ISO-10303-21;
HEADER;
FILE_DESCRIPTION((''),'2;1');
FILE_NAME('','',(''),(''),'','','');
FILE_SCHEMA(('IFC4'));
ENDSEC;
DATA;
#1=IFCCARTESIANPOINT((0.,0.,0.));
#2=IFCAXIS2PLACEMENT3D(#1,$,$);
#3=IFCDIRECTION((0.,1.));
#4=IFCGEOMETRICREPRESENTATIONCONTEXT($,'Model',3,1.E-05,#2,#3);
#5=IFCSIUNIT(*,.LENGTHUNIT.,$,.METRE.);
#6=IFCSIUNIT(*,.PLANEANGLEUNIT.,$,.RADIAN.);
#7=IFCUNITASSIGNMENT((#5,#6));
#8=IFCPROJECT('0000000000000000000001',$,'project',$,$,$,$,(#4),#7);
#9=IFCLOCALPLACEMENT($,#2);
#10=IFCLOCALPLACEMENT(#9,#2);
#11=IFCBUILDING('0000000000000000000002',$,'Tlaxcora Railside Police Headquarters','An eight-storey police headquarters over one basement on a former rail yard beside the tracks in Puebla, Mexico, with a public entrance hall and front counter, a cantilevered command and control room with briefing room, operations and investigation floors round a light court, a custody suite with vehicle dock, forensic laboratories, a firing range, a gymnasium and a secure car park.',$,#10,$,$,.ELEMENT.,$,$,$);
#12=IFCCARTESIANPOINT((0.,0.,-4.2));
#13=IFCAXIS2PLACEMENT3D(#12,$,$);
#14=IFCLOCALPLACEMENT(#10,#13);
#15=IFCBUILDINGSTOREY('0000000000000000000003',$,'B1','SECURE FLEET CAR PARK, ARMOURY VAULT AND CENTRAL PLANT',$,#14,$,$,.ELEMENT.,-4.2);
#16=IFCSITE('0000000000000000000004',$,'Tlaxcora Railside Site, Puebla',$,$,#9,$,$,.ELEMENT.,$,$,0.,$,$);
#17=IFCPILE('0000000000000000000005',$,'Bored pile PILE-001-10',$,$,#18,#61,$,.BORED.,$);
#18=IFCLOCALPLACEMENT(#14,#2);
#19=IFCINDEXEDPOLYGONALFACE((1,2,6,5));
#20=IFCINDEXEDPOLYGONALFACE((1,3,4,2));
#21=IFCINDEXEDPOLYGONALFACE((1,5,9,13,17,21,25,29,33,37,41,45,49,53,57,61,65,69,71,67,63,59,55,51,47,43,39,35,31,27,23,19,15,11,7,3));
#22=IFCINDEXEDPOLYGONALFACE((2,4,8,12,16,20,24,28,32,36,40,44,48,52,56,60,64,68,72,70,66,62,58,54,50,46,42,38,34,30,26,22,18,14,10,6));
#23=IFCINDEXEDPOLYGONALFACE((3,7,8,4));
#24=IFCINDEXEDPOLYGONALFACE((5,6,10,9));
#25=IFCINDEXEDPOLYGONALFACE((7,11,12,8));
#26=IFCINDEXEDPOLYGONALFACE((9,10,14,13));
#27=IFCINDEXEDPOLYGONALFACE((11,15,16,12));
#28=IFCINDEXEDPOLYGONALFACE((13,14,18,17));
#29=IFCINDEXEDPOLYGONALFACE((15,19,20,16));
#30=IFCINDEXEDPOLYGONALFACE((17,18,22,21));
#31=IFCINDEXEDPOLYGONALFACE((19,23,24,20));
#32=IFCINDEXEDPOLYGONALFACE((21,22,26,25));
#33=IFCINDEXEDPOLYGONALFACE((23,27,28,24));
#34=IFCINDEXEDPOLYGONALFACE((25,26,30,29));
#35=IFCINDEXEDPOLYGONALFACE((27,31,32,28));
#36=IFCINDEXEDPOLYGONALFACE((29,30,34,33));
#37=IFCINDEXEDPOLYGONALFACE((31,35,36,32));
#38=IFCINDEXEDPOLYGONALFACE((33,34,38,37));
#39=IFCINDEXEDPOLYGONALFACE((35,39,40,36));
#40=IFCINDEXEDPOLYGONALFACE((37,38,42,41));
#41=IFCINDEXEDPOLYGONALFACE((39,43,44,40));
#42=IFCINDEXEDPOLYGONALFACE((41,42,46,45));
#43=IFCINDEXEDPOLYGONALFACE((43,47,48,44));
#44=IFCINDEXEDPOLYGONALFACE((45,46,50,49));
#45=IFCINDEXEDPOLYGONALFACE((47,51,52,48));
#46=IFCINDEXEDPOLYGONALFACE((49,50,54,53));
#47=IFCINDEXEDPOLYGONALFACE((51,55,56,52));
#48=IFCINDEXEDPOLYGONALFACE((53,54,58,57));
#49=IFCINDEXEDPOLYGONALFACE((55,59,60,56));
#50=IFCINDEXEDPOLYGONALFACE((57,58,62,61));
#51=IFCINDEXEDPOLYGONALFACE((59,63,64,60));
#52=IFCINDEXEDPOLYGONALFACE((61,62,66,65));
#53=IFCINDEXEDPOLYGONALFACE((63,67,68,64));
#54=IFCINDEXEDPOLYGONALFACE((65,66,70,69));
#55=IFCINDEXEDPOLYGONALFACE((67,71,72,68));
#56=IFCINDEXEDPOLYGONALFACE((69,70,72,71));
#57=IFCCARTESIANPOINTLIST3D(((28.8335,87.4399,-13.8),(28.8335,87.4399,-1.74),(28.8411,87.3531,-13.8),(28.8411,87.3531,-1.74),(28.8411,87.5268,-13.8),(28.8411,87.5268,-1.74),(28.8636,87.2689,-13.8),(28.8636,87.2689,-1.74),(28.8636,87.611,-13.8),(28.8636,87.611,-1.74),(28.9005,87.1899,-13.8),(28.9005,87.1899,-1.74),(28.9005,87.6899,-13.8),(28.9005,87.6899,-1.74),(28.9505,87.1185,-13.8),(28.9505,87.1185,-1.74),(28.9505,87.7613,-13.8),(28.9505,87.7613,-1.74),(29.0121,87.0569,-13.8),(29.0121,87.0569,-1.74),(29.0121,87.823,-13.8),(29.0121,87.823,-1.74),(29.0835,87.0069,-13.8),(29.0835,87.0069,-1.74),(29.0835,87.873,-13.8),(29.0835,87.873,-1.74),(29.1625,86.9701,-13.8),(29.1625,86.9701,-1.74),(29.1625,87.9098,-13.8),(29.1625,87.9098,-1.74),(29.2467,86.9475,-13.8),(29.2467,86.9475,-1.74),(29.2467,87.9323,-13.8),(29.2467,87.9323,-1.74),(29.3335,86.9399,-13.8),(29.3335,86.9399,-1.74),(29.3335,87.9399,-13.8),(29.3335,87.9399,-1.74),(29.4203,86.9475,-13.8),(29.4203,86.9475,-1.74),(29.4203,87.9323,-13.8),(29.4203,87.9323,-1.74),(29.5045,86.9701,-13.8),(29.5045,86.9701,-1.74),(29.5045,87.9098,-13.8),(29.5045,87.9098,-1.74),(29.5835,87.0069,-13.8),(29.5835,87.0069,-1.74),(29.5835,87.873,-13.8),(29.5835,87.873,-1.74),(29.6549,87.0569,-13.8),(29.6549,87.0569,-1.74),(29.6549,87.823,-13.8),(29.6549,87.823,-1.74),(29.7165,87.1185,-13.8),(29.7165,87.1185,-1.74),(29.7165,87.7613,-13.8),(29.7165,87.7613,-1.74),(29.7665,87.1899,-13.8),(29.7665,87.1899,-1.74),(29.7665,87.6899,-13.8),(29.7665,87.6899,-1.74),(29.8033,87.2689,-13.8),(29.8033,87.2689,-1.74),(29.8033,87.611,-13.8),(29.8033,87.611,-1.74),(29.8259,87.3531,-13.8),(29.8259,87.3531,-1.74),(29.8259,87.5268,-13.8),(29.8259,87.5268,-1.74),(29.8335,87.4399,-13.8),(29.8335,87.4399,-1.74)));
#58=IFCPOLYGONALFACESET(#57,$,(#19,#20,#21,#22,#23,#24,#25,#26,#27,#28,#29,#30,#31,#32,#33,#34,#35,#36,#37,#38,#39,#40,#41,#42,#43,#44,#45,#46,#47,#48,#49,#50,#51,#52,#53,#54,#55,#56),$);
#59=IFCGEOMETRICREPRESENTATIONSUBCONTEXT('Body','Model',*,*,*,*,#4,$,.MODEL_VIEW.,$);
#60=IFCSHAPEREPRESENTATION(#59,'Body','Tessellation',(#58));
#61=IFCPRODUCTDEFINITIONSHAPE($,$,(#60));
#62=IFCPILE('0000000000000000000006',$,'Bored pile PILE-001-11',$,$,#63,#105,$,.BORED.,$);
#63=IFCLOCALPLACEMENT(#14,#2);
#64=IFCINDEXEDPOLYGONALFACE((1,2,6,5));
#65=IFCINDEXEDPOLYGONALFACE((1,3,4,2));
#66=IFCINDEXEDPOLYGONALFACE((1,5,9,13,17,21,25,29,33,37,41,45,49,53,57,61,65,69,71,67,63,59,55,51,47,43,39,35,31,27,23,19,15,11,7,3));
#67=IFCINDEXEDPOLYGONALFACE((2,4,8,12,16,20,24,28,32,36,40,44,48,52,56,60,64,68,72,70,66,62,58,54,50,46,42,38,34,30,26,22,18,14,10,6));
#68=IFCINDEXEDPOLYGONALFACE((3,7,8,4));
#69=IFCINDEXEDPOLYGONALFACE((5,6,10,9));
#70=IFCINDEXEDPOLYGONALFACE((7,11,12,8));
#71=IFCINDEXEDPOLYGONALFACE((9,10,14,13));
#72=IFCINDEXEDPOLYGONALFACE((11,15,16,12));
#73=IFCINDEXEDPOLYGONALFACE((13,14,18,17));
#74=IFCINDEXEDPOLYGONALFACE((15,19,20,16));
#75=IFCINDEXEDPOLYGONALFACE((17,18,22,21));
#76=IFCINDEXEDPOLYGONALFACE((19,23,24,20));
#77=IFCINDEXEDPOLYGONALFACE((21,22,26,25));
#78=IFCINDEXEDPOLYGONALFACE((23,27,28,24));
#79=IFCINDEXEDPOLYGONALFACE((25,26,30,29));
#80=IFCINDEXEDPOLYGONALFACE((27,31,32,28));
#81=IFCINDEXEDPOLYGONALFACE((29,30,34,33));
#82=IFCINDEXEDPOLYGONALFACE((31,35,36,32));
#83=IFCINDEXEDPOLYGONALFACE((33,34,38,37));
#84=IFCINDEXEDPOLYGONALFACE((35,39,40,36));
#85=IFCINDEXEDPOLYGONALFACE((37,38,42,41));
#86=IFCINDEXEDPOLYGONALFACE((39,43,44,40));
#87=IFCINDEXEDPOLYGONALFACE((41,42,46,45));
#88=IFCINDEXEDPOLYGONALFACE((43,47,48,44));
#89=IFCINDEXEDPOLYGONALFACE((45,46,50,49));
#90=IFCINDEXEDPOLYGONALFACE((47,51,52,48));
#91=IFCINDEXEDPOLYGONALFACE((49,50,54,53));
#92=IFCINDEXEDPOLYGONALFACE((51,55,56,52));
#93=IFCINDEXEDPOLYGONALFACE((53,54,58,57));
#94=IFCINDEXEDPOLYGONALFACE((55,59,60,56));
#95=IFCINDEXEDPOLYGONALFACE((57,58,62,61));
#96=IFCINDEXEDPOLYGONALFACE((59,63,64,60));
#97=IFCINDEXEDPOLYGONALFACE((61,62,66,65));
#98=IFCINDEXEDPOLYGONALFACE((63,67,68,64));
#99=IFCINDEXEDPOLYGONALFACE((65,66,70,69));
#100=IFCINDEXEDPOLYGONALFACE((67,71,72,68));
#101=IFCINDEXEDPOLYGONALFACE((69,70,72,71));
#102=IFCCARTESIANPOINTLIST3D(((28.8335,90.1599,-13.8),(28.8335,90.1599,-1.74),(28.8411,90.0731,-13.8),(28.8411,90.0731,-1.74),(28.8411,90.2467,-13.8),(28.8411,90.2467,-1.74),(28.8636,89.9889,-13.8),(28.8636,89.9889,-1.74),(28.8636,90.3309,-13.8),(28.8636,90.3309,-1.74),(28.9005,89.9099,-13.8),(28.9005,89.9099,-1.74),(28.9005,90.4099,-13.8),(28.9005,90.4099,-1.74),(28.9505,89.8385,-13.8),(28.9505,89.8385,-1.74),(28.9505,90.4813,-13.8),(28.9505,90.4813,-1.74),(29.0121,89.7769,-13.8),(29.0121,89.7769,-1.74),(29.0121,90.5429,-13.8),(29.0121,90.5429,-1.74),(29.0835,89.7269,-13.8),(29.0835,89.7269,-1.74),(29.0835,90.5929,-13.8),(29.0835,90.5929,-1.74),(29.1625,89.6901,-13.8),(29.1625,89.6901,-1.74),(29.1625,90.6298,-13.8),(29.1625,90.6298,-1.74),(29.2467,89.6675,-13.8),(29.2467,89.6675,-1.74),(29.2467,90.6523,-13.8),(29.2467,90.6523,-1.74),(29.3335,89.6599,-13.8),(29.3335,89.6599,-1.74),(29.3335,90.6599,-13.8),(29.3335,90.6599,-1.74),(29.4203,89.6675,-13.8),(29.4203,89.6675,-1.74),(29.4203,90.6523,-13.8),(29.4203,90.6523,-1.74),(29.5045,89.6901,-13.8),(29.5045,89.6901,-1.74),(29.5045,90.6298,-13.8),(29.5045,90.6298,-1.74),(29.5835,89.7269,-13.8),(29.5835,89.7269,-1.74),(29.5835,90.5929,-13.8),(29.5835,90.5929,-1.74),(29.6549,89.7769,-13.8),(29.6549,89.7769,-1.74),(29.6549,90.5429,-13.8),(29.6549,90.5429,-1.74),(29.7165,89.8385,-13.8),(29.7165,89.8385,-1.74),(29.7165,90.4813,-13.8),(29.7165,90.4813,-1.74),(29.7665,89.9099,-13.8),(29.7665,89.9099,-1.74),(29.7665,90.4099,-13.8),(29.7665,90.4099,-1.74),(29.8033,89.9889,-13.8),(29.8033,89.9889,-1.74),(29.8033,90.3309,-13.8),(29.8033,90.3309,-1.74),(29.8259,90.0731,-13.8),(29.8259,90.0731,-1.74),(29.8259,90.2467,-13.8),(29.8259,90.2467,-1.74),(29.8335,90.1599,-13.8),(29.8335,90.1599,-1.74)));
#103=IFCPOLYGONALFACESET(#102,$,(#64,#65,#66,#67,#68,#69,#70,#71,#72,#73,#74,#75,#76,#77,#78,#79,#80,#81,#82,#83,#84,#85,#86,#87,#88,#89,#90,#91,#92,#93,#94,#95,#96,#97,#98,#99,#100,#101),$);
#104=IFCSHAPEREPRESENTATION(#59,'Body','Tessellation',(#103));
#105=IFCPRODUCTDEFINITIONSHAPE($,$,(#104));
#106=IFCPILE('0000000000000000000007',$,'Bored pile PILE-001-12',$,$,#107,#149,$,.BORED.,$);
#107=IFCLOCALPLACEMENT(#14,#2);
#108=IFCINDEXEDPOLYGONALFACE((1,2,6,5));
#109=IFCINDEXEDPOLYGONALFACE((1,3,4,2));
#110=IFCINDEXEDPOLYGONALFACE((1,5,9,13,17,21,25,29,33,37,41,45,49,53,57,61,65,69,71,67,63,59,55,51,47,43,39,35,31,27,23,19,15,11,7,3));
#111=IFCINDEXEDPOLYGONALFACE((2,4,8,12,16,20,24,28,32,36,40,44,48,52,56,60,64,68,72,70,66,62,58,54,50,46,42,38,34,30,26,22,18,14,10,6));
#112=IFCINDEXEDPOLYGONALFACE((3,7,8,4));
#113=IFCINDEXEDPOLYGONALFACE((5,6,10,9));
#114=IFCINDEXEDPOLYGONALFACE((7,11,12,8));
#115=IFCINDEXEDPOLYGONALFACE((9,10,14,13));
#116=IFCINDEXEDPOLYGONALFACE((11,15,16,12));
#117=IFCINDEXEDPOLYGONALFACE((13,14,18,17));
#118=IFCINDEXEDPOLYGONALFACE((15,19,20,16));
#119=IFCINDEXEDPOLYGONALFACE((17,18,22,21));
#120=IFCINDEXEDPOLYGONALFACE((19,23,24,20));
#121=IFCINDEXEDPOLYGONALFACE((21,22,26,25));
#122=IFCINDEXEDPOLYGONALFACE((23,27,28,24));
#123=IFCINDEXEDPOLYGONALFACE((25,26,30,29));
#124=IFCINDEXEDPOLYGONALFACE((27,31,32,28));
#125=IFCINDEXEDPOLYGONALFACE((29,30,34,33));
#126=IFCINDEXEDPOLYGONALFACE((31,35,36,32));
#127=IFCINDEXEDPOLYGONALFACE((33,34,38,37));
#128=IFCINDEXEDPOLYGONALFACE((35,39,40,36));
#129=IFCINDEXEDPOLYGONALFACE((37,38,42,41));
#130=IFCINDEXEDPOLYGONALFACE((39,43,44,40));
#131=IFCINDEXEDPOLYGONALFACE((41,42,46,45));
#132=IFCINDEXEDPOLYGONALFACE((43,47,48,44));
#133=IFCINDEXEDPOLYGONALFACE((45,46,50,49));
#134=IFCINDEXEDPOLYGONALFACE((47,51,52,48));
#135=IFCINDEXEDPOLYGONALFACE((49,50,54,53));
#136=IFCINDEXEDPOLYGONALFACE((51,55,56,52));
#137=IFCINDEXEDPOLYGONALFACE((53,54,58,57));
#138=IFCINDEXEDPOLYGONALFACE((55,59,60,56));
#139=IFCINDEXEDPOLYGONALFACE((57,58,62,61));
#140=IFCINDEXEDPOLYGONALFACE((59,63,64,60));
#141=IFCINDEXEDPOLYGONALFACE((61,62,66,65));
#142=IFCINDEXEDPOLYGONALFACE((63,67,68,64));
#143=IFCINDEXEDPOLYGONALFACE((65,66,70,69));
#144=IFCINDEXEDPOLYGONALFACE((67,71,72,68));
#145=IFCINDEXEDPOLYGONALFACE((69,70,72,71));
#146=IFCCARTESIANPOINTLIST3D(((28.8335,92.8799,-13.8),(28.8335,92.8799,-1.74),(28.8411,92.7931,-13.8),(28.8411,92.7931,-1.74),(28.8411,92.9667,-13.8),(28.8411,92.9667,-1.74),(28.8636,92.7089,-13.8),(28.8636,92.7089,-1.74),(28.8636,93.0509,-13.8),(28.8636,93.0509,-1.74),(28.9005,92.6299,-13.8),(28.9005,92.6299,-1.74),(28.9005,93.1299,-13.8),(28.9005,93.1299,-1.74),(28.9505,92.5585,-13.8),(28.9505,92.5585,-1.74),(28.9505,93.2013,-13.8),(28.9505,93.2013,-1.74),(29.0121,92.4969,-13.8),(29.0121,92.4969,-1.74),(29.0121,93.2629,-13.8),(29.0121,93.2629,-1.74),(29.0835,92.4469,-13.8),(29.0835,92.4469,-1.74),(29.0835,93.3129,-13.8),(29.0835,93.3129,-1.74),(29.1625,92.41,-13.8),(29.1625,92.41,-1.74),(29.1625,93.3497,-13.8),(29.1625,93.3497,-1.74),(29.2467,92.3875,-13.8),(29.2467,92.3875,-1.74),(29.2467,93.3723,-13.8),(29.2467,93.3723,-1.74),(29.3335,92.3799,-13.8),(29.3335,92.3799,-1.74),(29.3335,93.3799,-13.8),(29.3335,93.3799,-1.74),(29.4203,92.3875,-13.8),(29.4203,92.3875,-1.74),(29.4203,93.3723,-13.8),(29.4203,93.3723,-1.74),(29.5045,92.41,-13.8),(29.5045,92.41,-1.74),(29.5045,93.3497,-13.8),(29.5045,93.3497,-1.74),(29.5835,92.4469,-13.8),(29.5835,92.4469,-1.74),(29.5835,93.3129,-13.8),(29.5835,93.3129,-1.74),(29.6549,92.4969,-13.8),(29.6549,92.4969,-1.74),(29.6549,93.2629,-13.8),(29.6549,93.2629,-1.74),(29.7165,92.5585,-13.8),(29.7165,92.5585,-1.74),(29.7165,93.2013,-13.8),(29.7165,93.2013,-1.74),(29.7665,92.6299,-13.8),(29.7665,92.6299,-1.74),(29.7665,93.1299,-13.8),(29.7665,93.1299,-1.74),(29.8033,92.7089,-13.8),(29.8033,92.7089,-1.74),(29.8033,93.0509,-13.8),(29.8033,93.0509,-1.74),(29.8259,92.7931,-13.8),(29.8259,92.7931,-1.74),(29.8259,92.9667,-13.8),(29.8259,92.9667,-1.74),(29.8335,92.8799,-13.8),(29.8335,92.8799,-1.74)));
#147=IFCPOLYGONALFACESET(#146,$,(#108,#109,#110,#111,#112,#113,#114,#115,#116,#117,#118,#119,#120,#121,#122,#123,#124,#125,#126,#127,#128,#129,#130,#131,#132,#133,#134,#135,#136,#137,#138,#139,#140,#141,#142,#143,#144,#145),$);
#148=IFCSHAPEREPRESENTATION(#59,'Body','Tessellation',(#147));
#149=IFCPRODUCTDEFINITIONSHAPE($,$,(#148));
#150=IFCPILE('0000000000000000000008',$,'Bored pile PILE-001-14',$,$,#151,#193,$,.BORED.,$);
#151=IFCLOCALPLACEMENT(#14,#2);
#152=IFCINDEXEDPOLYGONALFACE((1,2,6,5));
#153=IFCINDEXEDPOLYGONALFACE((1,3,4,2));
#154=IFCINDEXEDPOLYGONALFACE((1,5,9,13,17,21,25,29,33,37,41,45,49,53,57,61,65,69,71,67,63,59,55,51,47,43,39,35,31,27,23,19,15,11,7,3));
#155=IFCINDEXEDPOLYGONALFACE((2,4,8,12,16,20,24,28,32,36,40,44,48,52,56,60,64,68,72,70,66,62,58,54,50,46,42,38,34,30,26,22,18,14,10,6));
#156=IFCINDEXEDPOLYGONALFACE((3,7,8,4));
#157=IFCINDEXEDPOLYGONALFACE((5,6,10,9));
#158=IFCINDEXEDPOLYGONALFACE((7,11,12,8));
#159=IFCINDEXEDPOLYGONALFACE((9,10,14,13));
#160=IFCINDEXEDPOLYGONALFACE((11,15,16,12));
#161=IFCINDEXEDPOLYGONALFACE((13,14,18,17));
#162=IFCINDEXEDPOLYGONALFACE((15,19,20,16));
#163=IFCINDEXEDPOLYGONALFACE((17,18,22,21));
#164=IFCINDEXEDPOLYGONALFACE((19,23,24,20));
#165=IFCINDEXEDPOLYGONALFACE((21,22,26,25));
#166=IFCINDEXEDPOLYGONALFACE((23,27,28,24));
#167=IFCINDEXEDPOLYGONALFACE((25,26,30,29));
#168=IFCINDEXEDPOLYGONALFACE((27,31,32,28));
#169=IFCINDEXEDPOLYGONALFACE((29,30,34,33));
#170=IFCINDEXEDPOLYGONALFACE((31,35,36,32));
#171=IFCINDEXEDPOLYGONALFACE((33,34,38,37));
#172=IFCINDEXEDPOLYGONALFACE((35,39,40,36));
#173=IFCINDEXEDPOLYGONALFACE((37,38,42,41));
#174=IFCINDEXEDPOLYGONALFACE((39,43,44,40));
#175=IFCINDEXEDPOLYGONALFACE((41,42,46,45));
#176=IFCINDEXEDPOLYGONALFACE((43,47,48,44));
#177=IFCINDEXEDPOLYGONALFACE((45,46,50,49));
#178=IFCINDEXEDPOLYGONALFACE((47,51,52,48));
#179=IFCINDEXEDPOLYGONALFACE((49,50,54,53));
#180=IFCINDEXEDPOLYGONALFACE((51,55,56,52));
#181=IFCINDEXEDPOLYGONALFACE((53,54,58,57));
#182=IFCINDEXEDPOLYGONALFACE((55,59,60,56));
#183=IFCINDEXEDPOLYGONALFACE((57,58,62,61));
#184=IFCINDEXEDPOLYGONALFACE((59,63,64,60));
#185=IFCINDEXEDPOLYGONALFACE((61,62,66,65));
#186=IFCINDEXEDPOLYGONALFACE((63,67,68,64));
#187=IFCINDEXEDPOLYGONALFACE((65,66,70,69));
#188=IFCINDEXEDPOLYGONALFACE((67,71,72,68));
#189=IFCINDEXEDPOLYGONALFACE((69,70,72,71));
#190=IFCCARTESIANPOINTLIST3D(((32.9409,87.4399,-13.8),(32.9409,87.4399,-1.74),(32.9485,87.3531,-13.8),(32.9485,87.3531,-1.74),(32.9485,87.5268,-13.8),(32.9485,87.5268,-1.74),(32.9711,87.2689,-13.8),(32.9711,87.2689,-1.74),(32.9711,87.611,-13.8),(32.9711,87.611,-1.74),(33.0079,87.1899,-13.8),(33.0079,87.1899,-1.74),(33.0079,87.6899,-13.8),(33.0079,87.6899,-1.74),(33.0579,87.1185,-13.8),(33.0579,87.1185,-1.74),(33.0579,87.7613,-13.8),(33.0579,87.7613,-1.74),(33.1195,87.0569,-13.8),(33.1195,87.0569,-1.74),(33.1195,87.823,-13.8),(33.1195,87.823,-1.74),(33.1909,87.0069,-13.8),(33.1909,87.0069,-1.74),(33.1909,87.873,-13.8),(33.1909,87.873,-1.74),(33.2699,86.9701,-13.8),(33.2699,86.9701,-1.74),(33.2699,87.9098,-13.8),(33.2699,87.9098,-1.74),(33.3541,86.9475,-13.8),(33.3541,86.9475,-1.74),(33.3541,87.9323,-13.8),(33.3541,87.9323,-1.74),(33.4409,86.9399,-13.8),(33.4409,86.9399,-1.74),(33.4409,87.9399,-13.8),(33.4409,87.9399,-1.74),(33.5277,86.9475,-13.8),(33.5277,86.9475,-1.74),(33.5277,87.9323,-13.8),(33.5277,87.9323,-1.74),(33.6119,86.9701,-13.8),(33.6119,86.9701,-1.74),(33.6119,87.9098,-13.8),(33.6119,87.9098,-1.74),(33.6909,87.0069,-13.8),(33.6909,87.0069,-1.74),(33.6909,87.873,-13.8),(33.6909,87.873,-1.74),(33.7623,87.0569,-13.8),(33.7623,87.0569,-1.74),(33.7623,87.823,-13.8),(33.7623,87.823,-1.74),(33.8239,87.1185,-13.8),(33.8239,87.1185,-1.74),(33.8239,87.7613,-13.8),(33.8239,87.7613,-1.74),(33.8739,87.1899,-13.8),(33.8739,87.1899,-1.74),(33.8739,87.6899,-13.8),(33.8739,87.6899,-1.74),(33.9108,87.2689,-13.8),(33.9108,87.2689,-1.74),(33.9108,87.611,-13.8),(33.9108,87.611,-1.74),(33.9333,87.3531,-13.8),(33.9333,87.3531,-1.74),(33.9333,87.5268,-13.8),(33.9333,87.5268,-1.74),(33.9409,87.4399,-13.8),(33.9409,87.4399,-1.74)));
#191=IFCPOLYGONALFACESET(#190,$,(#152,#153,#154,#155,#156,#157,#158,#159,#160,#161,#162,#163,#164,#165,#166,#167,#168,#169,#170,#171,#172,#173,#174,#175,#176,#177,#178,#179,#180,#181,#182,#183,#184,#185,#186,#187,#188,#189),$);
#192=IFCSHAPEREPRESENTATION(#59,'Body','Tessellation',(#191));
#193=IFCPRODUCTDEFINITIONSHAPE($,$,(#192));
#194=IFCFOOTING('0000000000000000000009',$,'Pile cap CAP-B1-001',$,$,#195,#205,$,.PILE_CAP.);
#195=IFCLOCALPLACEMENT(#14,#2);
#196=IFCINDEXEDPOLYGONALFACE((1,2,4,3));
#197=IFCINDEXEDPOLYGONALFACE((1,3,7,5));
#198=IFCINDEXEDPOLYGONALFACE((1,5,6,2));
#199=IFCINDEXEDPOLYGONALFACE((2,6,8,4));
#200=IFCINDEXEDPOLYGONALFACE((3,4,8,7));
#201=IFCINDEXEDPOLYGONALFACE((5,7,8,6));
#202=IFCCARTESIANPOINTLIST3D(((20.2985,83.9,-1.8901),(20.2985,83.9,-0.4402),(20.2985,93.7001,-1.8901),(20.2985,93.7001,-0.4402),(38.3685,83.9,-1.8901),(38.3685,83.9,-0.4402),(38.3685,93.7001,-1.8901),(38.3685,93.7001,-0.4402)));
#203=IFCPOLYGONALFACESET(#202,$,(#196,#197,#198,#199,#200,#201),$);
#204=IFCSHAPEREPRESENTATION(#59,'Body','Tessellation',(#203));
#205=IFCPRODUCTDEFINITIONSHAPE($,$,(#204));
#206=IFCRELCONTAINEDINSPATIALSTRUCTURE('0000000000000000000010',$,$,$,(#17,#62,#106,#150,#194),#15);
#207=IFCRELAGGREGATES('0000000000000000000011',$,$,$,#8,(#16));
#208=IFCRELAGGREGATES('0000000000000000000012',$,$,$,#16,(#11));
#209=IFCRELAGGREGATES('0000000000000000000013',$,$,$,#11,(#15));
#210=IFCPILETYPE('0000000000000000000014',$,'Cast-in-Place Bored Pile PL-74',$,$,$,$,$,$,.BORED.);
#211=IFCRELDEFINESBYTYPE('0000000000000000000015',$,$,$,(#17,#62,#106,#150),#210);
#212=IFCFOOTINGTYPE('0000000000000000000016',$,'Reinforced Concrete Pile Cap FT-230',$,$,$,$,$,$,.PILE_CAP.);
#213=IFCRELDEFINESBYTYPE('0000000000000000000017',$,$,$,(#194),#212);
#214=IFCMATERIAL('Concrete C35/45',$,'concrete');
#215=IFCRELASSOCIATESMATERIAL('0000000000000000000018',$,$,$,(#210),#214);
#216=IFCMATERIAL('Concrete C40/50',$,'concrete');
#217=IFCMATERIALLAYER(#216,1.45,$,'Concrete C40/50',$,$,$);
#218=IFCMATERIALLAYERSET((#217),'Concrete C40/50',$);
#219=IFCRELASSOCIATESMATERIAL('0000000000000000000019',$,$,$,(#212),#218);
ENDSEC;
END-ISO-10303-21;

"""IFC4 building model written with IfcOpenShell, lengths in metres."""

from ifc_helpers import new_model, si_unit, direction, frame, origin, origin_2d, place, context, subcontext, project, spatial, rectangle, circle, extrude, material, layer, layer_set, material_profile, profile_set, type_object, element, save


model = new_model("IFC4")

# Units and contexts
model_context = context("Model", 3, precision=1e-05, world=origin(), true_north=direction((0.0, 1.0)))
body_context = subcontext(model_context, "Body", "Model", "MODEL_VIEW")
ifc_project = project(units=[si_unit("LENGTHUNIT", "METRE"), si_unit("PLANEANGLEUNIT", "RADIAN")], contexts=[model_context])

# Site, building, storey
site_placement = place(None, origin())
site = spatial("IfcSite", under=ifc_project, at=site_placement, Name="Tlaxcora Railside Site, Puebla", CompositionType="ELEMENT", RefElevation=0.0)
building_placement = place(site_placement, origin())
building = spatial("IfcBuilding", under=site, at=building_placement, Name="Tlaxcora Railside Police Headquarters", Description="An eight-storey police headquarters over one basement on a former rail yard beside the tracks in Puebla, Mexico, with a public entrance hall and front counter, a cantilevered command and control room with briefing room, operations and investigation floors round a light court, a custody suite with vehicle dock, forensic laboratories, a firing range, a gymnasium and a secure car park.", CompositionType="ELEMENT")
storey_placement = place(building_placement, frame((0.0, 0.0, -4.2)))
storey = spatial("IfcBuildingStorey", under=building, at=storey_placement, Name="B1", Description="SECURE FLEET CAR PARK, ARMOURY VAULT AND CENTRAL PLANT", CompositionType="ELEMENT", Elevation=-4.2)

# Piles
ifc_material_1 = material(Name="Concrete C35/45", Category="concrete")
ifc_material_profile_1 = material_profile(ifc_material_1, circle(Radius=0.5, at=origin_2d()), Name="PILE1000")
ifc_profile_set_1 = profile_set([ifc_material_profile_1], Name="Concrete C35/45")
pile_type = type_object("IfcPileType", Name="Cast-in-Place Bored Pile PL-74", PredefinedType="BORED", material=ifc_profile_set_1)
for number, where, z_axis, x_axis, name in (
    (1, (29.3335, 87.4399, -1.74), (0.0, 0.0, -1.0), (1.0, 0.0, 0.0), "Bored pile PILE-001-10"),
    (2, (29.3335, 90.1599, -1.74), (0.0, 0.0, -1.0), (1.0, 0.0, 0.0), "Bored pile PILE-001-11"),
    (3, (29.3335, 92.8799, -1.74), (0.0, 0.0, -1.0), (1.0, 0.0, 0.0), "Bored pile PILE-001-12"),
    (4, (33.4409, 87.4399, -1.74), (0.0, 0.0, -1.0), (1.0, 0.0, 0.0), "Bored pile PILE-001-14"),
):
    element("IfcPile", number, at=place(storey_placement, frame(where, z_axis=z_axis, x_axis=x_axis)), inside=storey, type_object=pile_type, Name=name, PredefinedType="BORED", context=body_context, shape_type="SweptSolid", body=[
        extrude(circle(Radius=0.5, at=origin_2d()), origin(), (0.0, 0.0, 1.0), 12.0601),
    ])

# Footing
ifc_material_2 = material(Name="Concrete C40/50", Category="concrete")
ifc_layer_1 = layer(ifc_material_2, 1.45, Name="Concrete C40/50")
ifc_layer_set_1 = layer_set([ifc_layer_1], Name="Concrete C40/50")
footing_type = type_object("IfcFootingType", Name="Reinforced Concrete Pile Cap FT-230", PredefinedType="PILE_CAP", material=ifc_layer_set_1)
footing_placement = place(storey_placement, frame((29.3335, 88.8, -1.8901), z_axis=(0.0, 0.0, 1.0), x_axis=(1.0, 0.0, 0.0)))
element("IfcFooting", 5, at=footing_placement, inside=storey, type_object=footing_type, Name="Pile cap CAP-B1-001", PredefinedType="PILE_CAP", context=body_context, shape_type="SweptSolid", body=[
    extrude(rectangle(XDim=18.0701, YDim=9.8, at=origin_2d()), origin(), (0.0, 0.0, 1.0), 1.45),
])

save(model, "model.ifc")
